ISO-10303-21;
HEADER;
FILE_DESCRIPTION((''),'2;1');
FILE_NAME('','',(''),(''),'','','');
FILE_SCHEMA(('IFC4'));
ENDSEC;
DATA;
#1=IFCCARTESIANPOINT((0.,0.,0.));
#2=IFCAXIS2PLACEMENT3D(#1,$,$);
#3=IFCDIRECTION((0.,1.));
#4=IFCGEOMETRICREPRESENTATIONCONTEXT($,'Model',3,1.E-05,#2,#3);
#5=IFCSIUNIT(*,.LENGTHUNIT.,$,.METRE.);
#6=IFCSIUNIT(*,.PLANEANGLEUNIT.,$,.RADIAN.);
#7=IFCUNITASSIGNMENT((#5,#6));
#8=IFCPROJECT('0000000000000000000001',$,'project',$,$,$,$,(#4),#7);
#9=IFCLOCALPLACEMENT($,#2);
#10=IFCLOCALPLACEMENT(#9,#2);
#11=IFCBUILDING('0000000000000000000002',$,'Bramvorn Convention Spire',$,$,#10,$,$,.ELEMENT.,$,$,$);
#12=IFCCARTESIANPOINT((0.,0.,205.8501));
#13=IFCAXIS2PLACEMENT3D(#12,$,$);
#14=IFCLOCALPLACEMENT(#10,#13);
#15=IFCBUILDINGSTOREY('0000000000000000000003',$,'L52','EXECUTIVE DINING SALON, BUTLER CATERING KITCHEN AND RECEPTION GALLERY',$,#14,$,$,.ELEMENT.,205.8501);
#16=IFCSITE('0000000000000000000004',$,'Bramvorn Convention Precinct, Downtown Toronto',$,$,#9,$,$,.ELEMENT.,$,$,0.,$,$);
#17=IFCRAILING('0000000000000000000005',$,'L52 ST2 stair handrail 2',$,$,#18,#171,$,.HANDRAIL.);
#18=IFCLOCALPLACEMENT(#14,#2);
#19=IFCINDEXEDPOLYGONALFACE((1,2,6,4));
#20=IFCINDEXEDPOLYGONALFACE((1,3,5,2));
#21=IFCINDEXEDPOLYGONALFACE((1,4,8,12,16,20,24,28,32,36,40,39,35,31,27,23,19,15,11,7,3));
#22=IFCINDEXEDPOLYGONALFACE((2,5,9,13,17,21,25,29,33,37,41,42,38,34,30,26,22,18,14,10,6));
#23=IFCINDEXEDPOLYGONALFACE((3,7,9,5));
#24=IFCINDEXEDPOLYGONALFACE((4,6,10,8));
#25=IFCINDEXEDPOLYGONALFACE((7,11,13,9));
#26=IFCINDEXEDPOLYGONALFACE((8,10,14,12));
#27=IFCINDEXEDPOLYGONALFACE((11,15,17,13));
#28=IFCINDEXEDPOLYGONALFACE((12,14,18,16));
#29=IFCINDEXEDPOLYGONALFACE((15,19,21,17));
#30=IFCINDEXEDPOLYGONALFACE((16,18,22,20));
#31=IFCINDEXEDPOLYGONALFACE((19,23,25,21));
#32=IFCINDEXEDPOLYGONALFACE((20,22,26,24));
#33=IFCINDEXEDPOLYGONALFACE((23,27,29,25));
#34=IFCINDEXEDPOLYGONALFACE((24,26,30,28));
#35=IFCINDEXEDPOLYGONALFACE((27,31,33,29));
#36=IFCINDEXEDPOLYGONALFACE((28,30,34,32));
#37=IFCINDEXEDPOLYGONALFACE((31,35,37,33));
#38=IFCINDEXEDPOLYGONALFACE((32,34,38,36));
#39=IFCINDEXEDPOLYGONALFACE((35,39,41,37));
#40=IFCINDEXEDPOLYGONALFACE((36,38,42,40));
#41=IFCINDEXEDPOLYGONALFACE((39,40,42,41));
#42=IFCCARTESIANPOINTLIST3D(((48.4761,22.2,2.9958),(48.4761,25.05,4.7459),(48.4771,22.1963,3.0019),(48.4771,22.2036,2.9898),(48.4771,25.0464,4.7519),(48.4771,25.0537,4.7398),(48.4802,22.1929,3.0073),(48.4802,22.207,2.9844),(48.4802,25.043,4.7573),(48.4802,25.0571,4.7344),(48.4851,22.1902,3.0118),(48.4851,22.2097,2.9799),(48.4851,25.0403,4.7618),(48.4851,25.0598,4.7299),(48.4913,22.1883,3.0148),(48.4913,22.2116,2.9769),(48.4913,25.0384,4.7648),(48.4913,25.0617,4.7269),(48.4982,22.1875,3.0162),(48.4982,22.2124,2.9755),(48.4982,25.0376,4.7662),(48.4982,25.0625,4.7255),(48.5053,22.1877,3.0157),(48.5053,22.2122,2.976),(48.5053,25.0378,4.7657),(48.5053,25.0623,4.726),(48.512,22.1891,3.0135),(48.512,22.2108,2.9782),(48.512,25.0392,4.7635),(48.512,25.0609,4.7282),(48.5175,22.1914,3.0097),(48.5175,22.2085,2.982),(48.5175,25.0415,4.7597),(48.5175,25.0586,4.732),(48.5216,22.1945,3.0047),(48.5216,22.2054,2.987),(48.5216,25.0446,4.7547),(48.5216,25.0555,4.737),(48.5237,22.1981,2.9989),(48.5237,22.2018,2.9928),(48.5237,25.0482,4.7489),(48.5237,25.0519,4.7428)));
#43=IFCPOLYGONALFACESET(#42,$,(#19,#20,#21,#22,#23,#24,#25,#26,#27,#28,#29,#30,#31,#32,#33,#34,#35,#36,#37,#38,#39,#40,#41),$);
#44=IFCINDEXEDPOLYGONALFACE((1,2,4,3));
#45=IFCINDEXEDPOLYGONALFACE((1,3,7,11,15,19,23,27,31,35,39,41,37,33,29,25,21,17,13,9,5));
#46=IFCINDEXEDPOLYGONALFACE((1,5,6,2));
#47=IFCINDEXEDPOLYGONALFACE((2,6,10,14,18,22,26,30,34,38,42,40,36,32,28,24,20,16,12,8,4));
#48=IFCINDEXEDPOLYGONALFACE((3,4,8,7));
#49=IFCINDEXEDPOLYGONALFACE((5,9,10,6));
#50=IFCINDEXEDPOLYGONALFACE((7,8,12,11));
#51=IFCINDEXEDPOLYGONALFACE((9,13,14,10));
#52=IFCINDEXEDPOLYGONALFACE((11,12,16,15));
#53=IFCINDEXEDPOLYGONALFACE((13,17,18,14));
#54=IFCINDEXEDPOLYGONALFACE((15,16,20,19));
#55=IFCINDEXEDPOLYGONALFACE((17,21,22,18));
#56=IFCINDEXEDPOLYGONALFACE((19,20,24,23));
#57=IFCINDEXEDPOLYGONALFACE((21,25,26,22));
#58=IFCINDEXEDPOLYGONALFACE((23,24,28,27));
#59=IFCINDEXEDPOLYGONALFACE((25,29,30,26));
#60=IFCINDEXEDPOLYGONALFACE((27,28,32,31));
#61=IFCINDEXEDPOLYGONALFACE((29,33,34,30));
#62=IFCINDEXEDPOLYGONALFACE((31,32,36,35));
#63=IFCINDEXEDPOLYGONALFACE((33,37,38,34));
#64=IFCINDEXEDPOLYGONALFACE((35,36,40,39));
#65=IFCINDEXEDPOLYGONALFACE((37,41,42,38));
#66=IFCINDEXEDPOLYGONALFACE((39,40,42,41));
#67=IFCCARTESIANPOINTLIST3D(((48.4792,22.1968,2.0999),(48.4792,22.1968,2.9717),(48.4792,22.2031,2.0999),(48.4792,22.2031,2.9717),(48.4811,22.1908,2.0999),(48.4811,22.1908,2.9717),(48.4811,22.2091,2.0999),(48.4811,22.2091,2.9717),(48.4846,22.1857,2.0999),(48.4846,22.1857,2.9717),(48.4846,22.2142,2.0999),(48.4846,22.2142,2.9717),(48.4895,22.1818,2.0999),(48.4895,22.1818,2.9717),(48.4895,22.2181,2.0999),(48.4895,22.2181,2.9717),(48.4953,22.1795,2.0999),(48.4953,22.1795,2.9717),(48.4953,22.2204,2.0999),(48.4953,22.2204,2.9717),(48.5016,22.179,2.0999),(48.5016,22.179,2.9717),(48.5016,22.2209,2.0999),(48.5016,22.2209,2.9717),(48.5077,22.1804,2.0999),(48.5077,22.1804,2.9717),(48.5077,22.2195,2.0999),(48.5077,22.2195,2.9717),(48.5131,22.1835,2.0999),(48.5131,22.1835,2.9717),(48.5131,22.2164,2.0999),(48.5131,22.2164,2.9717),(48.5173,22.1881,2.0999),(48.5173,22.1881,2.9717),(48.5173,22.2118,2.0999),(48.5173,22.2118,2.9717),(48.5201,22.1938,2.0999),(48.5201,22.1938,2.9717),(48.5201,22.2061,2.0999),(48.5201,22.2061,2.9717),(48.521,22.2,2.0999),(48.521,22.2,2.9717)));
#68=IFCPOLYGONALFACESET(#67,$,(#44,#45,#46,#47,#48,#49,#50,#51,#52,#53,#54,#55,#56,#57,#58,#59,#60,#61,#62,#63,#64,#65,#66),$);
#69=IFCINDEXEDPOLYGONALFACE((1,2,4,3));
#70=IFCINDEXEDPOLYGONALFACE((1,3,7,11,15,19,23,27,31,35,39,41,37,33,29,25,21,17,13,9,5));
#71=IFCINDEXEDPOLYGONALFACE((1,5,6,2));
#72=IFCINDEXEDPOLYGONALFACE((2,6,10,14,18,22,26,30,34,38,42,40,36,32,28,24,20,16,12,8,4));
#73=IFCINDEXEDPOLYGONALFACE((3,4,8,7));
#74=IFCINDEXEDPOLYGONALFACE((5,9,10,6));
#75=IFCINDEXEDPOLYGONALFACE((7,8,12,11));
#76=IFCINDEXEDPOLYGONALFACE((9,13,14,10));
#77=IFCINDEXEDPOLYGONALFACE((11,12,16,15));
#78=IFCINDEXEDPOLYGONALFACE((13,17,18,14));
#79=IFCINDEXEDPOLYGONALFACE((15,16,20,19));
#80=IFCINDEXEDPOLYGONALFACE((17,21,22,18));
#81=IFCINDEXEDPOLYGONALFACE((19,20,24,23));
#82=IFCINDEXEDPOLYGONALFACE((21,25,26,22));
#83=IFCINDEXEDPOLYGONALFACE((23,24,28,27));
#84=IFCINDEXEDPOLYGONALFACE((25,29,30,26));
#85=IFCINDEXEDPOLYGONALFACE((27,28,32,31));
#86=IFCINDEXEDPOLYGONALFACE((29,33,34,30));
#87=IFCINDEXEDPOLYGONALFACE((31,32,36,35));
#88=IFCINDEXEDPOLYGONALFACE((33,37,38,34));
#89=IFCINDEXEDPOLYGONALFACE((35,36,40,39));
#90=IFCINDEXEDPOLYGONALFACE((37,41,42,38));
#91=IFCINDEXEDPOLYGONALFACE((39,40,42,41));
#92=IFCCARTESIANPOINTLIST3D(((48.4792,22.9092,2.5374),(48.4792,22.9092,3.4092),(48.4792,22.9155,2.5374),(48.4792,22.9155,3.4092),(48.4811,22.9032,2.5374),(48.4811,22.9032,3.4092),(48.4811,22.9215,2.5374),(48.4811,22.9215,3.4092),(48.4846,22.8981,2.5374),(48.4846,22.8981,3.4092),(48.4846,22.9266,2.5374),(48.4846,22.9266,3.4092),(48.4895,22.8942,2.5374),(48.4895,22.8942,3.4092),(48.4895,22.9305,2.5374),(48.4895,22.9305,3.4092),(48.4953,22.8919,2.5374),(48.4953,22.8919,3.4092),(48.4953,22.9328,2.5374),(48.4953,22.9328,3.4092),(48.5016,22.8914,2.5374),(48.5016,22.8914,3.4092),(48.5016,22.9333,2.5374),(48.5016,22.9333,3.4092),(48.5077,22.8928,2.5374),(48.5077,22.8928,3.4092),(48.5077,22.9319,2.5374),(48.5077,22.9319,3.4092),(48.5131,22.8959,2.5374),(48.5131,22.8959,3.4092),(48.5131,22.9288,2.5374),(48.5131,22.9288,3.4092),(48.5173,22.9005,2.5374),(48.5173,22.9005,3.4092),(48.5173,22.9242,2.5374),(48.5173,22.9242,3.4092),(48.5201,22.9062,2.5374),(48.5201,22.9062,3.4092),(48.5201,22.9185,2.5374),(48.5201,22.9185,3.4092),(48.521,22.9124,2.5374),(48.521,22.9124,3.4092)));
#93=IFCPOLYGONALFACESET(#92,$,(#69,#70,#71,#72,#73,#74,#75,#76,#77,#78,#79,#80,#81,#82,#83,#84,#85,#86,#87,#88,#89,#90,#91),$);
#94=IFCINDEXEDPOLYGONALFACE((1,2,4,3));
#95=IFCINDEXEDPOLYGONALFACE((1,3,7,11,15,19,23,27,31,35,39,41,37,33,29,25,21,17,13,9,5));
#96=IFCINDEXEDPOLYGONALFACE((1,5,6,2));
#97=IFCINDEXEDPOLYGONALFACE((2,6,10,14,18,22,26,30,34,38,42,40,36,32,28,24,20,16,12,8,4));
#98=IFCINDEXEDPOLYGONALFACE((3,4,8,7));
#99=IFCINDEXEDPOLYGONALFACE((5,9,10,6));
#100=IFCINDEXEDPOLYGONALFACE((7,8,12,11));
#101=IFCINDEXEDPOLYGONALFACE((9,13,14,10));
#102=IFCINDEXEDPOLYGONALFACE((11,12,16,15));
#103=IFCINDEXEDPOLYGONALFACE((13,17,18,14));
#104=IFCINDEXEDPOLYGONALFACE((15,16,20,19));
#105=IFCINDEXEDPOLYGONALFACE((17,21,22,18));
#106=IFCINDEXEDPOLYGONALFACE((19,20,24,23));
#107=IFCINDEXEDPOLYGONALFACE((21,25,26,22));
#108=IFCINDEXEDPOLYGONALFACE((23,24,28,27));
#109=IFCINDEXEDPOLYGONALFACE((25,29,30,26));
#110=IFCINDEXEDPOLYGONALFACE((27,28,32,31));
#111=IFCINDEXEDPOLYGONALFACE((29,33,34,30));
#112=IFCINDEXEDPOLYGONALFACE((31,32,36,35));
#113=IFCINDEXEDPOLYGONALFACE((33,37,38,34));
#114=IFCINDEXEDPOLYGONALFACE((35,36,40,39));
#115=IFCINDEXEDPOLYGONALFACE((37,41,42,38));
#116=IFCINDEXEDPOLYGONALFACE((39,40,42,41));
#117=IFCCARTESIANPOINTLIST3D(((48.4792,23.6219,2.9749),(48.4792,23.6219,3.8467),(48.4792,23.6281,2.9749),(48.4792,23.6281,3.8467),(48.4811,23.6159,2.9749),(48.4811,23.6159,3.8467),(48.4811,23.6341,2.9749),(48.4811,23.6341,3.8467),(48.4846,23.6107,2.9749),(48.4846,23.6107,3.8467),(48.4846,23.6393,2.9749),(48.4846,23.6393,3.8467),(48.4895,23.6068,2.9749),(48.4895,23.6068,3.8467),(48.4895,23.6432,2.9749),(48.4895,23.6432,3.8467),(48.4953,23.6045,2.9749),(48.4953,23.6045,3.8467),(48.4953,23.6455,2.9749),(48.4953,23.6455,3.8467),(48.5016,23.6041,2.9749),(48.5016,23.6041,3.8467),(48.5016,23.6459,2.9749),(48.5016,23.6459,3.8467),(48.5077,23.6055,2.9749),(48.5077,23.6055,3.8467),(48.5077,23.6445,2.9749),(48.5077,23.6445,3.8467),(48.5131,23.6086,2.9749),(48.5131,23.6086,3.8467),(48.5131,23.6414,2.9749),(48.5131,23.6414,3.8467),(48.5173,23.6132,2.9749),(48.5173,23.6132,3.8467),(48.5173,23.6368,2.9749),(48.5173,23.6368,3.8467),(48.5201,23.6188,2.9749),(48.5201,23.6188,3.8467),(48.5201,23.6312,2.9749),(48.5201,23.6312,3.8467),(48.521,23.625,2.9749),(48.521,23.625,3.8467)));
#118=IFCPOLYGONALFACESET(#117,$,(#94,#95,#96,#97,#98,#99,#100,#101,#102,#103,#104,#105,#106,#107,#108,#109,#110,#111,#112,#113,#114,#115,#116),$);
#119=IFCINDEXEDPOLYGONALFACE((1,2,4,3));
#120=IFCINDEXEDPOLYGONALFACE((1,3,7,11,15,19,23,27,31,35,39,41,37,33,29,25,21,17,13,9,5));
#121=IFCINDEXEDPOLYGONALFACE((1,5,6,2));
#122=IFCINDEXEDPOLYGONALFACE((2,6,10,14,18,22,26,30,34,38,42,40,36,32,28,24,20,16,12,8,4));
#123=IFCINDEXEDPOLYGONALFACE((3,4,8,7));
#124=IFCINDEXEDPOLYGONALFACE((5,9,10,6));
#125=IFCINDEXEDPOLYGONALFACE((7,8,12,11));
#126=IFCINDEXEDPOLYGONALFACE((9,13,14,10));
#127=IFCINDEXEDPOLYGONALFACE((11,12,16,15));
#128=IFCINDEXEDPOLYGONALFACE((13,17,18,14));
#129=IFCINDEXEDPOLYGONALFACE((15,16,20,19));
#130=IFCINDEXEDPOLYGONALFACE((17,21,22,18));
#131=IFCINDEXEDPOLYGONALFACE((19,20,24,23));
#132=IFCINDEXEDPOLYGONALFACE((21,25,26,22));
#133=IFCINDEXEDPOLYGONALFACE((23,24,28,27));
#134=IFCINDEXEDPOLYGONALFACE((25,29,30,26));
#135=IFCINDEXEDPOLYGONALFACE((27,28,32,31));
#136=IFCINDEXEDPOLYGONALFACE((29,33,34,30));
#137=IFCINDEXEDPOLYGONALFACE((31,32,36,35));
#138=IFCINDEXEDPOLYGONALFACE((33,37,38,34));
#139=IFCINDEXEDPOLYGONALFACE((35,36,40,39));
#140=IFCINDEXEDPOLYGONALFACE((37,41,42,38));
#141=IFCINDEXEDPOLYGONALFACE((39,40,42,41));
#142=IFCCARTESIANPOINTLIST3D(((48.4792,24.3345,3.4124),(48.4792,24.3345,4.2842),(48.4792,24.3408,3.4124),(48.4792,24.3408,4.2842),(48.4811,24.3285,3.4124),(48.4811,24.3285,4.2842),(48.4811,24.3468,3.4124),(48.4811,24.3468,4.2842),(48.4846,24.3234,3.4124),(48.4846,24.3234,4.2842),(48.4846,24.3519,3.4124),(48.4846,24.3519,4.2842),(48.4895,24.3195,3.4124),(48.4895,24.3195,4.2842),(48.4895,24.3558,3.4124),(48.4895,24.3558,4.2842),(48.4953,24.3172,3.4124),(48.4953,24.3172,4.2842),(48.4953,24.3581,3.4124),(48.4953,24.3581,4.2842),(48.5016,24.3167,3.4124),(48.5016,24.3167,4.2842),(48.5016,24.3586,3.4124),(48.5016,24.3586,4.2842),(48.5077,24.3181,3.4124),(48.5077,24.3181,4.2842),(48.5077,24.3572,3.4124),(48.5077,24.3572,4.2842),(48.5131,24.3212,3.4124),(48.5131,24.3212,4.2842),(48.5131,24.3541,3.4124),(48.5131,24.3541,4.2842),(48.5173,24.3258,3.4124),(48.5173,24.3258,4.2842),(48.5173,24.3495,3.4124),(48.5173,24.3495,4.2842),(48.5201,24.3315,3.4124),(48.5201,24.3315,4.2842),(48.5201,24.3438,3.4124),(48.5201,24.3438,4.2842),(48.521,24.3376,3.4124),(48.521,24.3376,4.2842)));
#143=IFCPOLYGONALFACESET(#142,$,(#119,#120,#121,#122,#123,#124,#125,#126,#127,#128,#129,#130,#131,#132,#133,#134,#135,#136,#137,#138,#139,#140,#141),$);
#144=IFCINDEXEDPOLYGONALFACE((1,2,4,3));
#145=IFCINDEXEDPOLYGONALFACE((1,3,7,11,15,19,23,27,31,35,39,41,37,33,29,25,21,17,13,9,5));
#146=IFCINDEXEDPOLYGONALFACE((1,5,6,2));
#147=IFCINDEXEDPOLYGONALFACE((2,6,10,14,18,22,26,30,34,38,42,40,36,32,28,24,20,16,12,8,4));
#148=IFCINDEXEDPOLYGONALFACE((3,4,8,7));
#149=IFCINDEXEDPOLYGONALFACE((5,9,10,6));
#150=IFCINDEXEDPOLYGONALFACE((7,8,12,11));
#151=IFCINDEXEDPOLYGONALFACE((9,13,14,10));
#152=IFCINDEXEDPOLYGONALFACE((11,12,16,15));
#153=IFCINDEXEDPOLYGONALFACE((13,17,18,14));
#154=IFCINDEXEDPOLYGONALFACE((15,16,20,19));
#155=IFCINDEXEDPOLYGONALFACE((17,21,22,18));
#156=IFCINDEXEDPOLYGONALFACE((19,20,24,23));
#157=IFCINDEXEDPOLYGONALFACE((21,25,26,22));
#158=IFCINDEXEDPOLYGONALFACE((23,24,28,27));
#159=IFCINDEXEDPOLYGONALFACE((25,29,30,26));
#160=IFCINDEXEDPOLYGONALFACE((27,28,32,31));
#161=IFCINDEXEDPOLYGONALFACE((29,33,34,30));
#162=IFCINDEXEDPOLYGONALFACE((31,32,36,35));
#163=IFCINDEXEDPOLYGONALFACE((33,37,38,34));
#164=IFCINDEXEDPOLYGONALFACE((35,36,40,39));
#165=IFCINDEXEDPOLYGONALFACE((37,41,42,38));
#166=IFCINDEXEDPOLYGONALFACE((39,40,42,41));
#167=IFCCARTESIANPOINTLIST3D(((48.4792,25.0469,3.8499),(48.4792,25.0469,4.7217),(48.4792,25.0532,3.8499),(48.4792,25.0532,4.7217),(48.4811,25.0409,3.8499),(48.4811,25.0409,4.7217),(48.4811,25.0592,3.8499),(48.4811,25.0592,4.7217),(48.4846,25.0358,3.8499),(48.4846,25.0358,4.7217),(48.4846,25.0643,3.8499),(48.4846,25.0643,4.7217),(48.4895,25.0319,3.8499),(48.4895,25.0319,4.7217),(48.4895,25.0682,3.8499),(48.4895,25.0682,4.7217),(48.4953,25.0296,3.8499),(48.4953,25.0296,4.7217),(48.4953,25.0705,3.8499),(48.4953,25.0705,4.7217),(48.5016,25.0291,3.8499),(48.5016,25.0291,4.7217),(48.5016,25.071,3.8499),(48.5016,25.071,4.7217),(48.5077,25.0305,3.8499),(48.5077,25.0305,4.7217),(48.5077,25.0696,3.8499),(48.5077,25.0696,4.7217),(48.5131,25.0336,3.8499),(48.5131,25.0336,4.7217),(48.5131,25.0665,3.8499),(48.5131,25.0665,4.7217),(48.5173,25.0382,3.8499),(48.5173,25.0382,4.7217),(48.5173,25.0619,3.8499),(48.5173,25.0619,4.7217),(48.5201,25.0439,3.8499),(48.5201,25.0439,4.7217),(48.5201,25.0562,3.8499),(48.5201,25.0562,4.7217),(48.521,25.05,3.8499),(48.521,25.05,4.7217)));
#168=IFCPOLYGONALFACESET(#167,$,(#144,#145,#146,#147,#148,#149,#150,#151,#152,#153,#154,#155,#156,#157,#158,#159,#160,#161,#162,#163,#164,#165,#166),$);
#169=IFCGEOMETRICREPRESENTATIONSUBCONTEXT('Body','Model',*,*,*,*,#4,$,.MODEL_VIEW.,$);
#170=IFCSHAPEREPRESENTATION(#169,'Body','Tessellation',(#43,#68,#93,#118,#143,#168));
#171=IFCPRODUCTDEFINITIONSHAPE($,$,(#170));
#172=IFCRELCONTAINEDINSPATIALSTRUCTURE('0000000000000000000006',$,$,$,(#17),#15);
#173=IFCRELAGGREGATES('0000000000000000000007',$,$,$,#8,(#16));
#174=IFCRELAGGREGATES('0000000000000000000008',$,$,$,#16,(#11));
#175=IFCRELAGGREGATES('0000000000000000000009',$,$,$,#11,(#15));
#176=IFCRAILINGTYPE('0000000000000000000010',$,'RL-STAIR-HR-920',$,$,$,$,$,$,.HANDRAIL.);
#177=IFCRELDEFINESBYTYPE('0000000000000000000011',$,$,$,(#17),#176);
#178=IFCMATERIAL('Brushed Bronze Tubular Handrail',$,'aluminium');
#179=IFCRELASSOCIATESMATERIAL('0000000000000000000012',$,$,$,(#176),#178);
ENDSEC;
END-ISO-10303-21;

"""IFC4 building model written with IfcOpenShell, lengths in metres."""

from ifc_helpers import new_model, si_unit, direction, frame, origin, origin_2d, place, context, subcontext, project, spatial, circle, extrude, material, type_object, element, save


model = new_model("IFC4")

# Units and contexts
model_context = context("Model", 3, precision=1e-05, world=origin(), true_north=direction((0.0, 1.0)))
body_context = subcontext(model_context, "Body", "Model", "MODEL_VIEW")
ifc_project = project(units=[si_unit("LENGTHUNIT", "METRE"), si_unit("PLANEANGLEUNIT", "RADIAN")], contexts=[model_context])

# Site, building, storey
site_placement = place(None, origin())
site = spatial("IfcSite", under=ifc_project, at=site_placement, Name="Bramvorn Convention Precinct, Downtown Toronto", CompositionType="ELEMENT", RefElevation=0.0)
building_placement = place(site_placement, origin())
building = spatial("IfcBuilding", under=site, at=building_placement, Name="Bramvorn Convention Spire", CompositionType="ELEMENT")
storey_placement = place(building_placement, frame((0.0, 0.0, 205.8501)))
storey = spatial("IfcBuildingStorey", under=building, at=storey_placement, Name="L52", Description="EXECUTIVE DINING SALON, BUTLER CATERING KITCHEN AND RECEPTION GALLERY", CompositionType="ELEMENT", Elevation=205.8501)

# Railing
ifc_material_1 = material(Name="Brushed Bronze Tubular Handrail", Category="aluminium")
railing_type_1 = type_object("IfcRailingType", Name="RL-STAIR-HR-920", PredefinedType="HANDRAIL", material=ifc_material_1)
for number, where, name in (
    (1, (48.5, 22.2, 2.0999), "L52 ST2 stair handrail 2"),
):
    element("IfcRailing", number, at=place(storey_placement, frame(where)), inside=storey, type_object=railing_type_1, Name=name, PredefinedType="HANDRAIL", context=body_context, shape_type="SweptSolid", body=[
        extrude(circle(Radius=0.0239, at=origin_2d()), frame((0.0, 0.0, 0.896), z_axis=(0.0, 0.852179, 0.52325), x_axis=(-1.0, 0.0, 0.0)), (0.0, 0.0, 1.0), 3.3445),
        extrude(circle(Radius=0.021, at=origin_2d()), origin(), (0.0, 0.0, 1.0), 0.8718),
        extrude(circle(Radius=0.021, at=origin_2d()), frame((0.0, 0.7124, 0.4375)), (0.0, 0.0, 1.0), 0.8718),
        extrude(circle(Radius=0.021, at=origin_2d()), frame((0.0, 1.425, 0.875)), (0.0, 0.0, 1.0), 0.8718),
        extrude(circle(Radius=0.021, at=origin_2d()), frame((0.0, 2.1377, 1.3125)), (0.0, 0.0, 1.0), 0.8718),
        extrude(circle(Radius=0.021, at=origin_2d()), frame((0.0, 2.8501, 1.75)), (0.0, 0.0, 1.0), 0.8718),
    ])

save(model, "model.ifc")
